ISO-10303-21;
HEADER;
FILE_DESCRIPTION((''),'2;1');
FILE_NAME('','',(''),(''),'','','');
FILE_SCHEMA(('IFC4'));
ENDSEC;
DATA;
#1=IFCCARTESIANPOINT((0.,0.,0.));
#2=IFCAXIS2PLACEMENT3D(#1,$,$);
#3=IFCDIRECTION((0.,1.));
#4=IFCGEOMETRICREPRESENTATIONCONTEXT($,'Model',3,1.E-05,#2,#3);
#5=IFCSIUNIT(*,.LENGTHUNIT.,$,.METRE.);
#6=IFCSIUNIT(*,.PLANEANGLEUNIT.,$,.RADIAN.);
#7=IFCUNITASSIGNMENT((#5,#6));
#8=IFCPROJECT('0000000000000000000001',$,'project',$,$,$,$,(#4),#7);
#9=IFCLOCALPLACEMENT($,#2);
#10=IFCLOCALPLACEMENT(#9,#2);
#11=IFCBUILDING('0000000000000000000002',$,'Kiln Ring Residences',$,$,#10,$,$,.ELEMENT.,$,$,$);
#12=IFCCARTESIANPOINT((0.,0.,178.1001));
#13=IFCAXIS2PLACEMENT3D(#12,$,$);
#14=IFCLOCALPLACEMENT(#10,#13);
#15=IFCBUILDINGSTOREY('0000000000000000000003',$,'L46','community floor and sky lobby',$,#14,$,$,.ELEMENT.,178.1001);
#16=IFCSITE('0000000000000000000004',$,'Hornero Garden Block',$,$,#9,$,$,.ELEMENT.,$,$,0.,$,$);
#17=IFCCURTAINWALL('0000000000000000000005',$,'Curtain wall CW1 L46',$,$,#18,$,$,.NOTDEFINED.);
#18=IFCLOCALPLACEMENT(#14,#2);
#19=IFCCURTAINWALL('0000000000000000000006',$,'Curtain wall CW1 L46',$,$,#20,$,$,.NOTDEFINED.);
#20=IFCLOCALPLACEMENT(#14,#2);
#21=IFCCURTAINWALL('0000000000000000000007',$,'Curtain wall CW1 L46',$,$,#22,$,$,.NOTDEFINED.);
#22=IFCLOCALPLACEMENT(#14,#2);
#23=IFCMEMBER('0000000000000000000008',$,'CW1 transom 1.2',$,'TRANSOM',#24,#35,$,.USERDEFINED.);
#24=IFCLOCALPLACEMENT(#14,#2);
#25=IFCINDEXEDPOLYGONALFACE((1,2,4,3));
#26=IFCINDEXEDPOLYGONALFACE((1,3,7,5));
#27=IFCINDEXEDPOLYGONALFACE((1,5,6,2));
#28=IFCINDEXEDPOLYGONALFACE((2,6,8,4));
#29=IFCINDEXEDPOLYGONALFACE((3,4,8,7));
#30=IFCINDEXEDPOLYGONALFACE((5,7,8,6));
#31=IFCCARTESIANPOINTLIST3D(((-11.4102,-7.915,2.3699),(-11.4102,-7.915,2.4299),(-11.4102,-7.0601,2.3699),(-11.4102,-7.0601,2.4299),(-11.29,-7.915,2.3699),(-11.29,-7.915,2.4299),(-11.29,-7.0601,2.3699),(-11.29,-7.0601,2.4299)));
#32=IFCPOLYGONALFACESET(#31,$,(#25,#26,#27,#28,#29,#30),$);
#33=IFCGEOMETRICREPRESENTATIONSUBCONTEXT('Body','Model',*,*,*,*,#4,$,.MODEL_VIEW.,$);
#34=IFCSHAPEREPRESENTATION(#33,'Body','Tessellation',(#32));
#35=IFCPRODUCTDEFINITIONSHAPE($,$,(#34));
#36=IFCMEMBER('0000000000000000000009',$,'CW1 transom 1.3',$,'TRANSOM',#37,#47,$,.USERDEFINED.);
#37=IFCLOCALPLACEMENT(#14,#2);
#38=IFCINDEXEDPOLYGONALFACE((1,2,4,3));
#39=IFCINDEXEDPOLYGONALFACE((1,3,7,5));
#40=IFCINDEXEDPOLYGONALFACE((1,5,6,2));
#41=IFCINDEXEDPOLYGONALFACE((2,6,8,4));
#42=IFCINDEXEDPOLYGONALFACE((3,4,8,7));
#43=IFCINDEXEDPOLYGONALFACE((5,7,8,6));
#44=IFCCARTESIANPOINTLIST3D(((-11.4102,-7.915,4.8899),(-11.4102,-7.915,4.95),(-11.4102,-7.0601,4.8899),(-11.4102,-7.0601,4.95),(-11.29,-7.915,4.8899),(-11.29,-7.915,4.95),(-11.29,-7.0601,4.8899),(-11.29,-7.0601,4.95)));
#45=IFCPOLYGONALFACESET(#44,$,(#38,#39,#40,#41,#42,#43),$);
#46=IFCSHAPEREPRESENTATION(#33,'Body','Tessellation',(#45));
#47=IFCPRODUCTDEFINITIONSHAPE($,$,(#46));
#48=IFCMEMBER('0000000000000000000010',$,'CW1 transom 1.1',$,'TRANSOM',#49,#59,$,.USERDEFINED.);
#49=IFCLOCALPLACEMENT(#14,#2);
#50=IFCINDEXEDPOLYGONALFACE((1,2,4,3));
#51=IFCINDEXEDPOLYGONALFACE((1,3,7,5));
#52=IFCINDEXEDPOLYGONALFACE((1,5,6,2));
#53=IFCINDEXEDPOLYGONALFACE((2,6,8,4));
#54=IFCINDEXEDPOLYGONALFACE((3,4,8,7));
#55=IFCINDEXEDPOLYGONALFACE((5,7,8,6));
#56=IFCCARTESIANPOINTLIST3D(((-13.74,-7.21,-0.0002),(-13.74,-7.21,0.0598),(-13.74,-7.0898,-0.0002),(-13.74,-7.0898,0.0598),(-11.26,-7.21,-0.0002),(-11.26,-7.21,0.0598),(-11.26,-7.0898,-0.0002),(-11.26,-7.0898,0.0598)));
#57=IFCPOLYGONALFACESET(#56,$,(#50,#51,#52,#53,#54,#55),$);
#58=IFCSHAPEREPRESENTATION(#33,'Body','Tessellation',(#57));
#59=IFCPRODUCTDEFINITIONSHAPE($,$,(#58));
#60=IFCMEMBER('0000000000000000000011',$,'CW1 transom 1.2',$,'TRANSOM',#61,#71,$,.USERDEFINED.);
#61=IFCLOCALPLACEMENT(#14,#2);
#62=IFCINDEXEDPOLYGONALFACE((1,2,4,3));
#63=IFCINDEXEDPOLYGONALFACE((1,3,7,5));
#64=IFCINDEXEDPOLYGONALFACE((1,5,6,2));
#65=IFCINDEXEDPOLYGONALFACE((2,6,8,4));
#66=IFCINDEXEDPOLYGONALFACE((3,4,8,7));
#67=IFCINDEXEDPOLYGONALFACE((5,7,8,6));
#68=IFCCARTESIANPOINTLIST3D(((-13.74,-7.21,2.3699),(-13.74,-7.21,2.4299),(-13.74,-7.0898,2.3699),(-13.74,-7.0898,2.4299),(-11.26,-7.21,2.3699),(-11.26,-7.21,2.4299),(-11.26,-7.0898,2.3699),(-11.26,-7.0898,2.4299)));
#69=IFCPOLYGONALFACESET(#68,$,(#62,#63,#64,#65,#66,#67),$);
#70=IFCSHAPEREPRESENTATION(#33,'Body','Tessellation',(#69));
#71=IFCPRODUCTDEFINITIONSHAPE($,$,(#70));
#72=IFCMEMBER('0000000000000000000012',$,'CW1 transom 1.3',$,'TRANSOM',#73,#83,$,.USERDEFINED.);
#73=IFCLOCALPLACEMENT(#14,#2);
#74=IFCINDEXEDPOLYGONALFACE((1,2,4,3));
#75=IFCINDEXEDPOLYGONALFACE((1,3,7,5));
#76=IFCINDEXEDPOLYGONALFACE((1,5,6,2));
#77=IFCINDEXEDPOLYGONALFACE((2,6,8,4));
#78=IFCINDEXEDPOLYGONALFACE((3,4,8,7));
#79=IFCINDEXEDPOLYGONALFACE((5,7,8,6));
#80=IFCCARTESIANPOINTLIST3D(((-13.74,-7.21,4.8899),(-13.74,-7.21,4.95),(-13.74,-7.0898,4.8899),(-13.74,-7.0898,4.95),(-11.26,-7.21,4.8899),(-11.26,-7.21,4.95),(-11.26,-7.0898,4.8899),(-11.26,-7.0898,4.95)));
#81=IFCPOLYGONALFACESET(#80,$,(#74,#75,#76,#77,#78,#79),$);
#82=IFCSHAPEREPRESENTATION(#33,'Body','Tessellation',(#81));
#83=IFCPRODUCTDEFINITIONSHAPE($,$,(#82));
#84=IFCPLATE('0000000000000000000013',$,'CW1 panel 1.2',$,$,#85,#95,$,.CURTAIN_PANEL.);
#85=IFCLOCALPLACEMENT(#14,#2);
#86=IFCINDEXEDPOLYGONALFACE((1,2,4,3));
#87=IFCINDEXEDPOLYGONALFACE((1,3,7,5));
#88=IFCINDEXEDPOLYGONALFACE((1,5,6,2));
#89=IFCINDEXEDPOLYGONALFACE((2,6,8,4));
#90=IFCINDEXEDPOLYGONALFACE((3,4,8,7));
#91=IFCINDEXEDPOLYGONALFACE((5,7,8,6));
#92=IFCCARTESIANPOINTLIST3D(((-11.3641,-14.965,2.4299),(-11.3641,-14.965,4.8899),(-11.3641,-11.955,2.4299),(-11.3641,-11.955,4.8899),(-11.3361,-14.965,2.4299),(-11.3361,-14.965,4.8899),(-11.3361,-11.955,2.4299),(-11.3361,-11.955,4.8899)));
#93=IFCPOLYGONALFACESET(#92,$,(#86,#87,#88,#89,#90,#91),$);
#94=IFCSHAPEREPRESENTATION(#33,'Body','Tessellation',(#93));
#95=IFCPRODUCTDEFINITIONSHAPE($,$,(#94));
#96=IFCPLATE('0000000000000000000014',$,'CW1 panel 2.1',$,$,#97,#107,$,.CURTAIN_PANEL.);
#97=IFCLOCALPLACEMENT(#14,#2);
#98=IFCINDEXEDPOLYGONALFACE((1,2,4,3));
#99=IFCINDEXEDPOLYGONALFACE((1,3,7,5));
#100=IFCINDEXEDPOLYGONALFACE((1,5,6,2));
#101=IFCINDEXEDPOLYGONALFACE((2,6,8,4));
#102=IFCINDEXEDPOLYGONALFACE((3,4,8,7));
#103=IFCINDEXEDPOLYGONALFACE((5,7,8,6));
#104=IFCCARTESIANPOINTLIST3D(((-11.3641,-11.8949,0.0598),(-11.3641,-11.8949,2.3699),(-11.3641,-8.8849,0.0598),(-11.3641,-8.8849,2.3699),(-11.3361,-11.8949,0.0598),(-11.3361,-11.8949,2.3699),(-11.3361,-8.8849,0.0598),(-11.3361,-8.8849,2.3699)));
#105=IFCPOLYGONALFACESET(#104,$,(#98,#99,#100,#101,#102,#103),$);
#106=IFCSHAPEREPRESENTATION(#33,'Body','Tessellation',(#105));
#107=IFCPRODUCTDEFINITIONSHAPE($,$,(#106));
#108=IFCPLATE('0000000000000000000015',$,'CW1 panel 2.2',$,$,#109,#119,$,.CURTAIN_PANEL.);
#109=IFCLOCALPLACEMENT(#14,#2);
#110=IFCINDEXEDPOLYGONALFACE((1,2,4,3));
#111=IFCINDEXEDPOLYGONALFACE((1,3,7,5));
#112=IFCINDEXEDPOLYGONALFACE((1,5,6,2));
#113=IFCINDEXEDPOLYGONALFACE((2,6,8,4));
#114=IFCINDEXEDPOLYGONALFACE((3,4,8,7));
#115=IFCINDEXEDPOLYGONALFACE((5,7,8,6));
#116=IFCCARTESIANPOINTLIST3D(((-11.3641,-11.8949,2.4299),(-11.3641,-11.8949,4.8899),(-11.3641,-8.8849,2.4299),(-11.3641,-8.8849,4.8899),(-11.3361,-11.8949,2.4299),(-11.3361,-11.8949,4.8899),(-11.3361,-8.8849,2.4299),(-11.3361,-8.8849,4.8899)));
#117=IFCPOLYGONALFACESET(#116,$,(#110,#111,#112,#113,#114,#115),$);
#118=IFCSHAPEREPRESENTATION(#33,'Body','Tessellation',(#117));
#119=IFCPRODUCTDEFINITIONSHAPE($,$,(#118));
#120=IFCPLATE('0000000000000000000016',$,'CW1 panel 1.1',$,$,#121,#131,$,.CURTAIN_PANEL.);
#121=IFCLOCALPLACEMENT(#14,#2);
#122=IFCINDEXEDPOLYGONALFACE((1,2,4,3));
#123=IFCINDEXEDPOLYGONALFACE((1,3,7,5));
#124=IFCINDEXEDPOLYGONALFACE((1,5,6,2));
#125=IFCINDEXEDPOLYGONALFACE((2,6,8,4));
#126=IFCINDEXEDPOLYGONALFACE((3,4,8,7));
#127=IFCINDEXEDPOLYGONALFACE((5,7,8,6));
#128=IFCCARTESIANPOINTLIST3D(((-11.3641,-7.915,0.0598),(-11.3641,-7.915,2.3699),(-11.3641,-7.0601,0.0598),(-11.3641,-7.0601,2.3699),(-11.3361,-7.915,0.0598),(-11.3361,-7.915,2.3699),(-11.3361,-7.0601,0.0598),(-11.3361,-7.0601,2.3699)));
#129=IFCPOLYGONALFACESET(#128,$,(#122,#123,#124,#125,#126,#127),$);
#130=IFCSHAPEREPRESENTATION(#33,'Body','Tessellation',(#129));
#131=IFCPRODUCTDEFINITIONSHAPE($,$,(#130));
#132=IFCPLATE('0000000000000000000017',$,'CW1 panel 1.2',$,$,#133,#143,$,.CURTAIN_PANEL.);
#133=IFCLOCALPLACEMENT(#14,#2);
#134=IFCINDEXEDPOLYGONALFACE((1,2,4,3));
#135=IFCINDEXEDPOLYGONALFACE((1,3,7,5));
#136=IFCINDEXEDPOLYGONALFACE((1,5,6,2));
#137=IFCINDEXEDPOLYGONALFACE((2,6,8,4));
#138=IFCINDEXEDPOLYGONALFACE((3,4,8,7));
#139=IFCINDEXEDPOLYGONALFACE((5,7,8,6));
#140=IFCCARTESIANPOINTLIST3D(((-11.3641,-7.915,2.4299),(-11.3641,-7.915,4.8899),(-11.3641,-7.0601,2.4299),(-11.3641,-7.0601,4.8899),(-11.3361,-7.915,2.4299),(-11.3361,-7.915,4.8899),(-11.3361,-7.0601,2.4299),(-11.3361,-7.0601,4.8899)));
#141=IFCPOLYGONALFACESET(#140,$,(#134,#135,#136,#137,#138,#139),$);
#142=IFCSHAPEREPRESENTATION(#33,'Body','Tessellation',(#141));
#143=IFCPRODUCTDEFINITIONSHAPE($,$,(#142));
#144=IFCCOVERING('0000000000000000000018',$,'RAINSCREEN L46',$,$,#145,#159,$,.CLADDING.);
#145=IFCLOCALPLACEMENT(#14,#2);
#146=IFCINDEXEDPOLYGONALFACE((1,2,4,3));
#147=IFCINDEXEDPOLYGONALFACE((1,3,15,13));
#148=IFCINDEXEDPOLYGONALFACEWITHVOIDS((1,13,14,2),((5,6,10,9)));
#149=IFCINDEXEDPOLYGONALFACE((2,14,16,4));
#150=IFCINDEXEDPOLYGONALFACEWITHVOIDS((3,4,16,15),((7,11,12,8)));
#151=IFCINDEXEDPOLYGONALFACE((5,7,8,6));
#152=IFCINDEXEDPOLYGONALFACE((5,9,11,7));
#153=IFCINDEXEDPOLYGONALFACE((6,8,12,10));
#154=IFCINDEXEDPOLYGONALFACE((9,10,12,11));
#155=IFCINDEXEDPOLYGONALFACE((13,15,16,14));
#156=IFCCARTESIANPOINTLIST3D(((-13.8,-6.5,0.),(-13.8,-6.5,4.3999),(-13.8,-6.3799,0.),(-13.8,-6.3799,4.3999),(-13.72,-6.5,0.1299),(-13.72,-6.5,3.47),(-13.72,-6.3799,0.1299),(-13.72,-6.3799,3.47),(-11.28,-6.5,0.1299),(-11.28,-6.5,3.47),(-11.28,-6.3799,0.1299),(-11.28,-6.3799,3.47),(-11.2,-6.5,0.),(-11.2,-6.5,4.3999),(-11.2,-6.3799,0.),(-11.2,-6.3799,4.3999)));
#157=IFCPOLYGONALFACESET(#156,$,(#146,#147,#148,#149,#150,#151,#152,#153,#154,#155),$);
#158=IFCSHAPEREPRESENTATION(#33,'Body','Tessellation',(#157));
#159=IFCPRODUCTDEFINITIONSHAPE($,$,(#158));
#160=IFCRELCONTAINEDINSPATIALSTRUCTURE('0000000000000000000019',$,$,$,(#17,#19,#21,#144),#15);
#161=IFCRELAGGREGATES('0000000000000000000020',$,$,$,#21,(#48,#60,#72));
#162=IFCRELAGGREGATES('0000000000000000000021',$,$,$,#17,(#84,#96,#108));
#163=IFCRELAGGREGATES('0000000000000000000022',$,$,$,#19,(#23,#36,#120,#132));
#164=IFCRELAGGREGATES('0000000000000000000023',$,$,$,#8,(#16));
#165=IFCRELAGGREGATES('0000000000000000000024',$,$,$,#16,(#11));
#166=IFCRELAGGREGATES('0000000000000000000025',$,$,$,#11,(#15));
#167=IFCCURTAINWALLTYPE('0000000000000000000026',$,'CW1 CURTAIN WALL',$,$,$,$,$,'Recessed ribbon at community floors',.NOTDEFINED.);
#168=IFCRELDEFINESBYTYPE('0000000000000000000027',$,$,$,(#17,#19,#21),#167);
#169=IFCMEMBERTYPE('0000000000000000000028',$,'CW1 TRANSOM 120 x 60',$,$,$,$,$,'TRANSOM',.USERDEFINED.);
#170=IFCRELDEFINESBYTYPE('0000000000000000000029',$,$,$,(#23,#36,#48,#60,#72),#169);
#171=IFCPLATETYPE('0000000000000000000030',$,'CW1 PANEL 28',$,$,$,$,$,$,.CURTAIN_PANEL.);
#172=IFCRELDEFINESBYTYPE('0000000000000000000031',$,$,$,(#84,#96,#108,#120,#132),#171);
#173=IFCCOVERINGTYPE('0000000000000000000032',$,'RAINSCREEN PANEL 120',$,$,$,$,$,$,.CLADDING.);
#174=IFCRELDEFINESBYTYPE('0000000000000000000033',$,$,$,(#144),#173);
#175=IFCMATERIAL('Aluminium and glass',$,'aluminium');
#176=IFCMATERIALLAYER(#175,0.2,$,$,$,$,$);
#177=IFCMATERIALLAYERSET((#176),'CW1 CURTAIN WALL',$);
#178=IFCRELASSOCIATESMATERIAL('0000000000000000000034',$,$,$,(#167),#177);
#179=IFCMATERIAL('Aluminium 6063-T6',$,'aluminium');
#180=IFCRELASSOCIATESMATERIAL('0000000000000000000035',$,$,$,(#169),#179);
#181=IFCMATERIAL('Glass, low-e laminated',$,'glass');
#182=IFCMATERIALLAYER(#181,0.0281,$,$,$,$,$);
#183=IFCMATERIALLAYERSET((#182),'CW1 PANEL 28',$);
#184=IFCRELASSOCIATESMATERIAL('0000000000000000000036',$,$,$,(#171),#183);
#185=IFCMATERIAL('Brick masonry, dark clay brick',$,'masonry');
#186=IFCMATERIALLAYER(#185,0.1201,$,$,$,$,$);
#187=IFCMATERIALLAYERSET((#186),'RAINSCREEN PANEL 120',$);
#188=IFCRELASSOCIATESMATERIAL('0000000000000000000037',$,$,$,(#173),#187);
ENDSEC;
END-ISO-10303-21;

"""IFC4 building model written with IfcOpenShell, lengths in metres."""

from ifc_helpers import new_model, si_unit, direction, frame, origin, origin_2d, place, context, subcontext, project, spatial, polyline, rectangle, outline, extrude, material, layer, layer_set, material_profile, profile_set, type_object, element, aggregate, save


model = new_model("IFC4")

# Units and contexts
model_context = context("Model", 3, precision=1e-05, world=origin(), true_north=direction((0.0, 1.0)))
body_context = subcontext(model_context, "Body", "Model", "MODEL_VIEW")
ifc_project = project(units=[si_unit("LENGTHUNIT", "METRE"), si_unit("PLANEANGLEUNIT", "RADIAN")], contexts=[model_context])

# Site, building, storey
site_placement = place(None, origin())
site = spatial("IfcSite", under=ifc_project, at=site_placement, Name="Hornero Garden Block", CompositionType="ELEMENT", RefElevation=0.0)
building_placement = place(site_placement, origin())
building = spatial("IfcBuilding", under=site, at=building_placement, Name="Kiln Ring Residences", CompositionType="ELEMENT")
storey_placement = place(building_placement, frame((0.0, 0.0, 178.1001)))
storey = spatial("IfcBuildingStorey", under=building, at=storey_placement, Name="L46", Description="community floor and sky lobby", CompositionType="ELEMENT", Elevation=178.1001)

# Curtain walls
ifc_material_1 = material(Name="Aluminium and glass", Category="aluminium")
ifc_layer_1 = layer(ifc_material_1, 0.2)
ifc_layer_set_1 = layer_set([ifc_layer_1], Name="CW1 CURTAIN WALL")
curtain_wall_type = type_object("IfcCurtainWallType", Name="CW1 CURTAIN WALL", ElementType="Recessed ribbon at community floors", PredefinedType="NOTDEFINED", material=ifc_layer_set_1)
placement = place(storey_placement, origin())
curtain_wall_1 = element("IfcCurtainWall", 1, at=placement, inside=storey, type_object=curtain_wall_type, Name="Curtain wall CW1 L46", PredefinedType="NOTDEFINED")
curtain_wall_2 = element("IfcCurtainWall", 2, at=placement, inside=storey, type_object=curtain_wall_type, Name="Curtain wall CW1 L46", PredefinedType="NOTDEFINED")

# Curtain wall
curtain_wall_3 = element("IfcCurtainWall", 3, at=placement, inside=storey, type_object=curtain_wall_type, Name="Curtain wall CW1 L46", PredefinedType="NOTDEFINED")

# Members
ifc_material_2 = material(Name="Aluminium 6063-T6", Category="aluminium")
ifc_material_profile_1 = material_profile(ifc_material_2, rectangle(XDim=0.1201, YDim=0.0601, at=origin_2d()), Name="AL 120x60")
ifc_profile_set_1 = profile_set([ifc_material_profile_1], Name="Aluminium 6063-T6")
member_type_1 = type_object("IfcMemberType", Name="CW1 TRANSOM 120 x 60", ElementType="TRANSOM", PredefinedType="USERDEFINED", material=ifc_profile_set_1)
member_1_placement = place(storey_placement, frame((-11.3501, -7.915, 2.3999), z_axis=(0.0, 1.0, 0.0), x_axis=(-1.0, 0.0, 0.0)))
member_1 = element("IfcMember", 4, at=member_1_placement, type_object=member_type_1, Name="CW1 transom 1.2", ObjectType="TRANSOM", PredefinedType="USERDEFINED", context=body_context, shape_type="SweptSolid", body=[
    extrude(rectangle(XDim=0.1201, YDim=0.0601, at=origin_2d()), origin(), (0.0, 0.0, 1.0), 0.855),
])
member_2_placement = place(storey_placement, frame((-11.3501, -7.915, 4.9199), z_axis=(0.0, 1.0, 0.0), x_axis=(-1.0, 0.0, 0.0)))
member_2 = element("IfcMember", 5, at=member_2_placement, type_object=member_type_1, Name="CW1 transom 1.3", ObjectType="TRANSOM", PredefinedType="USERDEFINED", context=body_context, shape_type="SweptSolid", body=[
    extrude(rectangle(XDim=0.1201, YDim=0.0601, at=origin_2d()), origin(), (0.0, 0.0, 1.0), 0.855),
])
member_3_placement = place(storey_placement, frame((-11.26, -7.1499, 0.0298), z_axis=(-1.0, 0.0, 0.0), x_axis=(0.0, -1.0, 0.0)))
member_3 = element("IfcMember", 6, at=member_3_placement, type_object=member_type_1, Name="CW1 transom 1.1", ObjectType="TRANSOM", PredefinedType="USERDEFINED", context=body_context, shape_type="SweptSolid", body=[
    extrude(rectangle(XDim=0.1201, YDim=0.0601, at=origin_2d()), origin(), (0.0, 0.0, 1.0), 2.48),
])
member_4_placement = place(storey_placement, frame((-11.26, -7.1499, 2.3999), z_axis=(-1.0, 0.0, 0.0), x_axis=(0.0, -1.0, 0.0)))
member_4 = element("IfcMember", 7, at=member_4_placement, type_object=member_type_1, Name="CW1 transom 1.2", ObjectType="TRANSOM", PredefinedType="USERDEFINED", context=body_context, shape_type="SweptSolid", body=[
    extrude(rectangle(XDim=0.1201, YDim=0.0601, at=origin_2d()), origin(), (0.0, 0.0, 1.0), 2.48),
])
member_5_placement = place(storey_placement, frame((-11.26, -7.1499, 4.9199), z_axis=(-1.0, 0.0, 0.0), x_axis=(0.0, -1.0, 0.0)))
member_5 = element("IfcMember", 8, at=member_5_placement, type_object=member_type_1, Name="CW1 transom 1.3", ObjectType="TRANSOM", PredefinedType="USERDEFINED", context=body_context, shape_type="SweptSolid", body=[
    extrude(rectangle(XDim=0.1201, YDim=0.0601, at=origin_2d()), origin(), (0.0, 0.0, 1.0), 2.48),
])
aggregate(curtain_wall_3, [member_3, member_4, member_5])

# Plates
ifc_material_3 = material(Name="Glass, low-e laminated", Category="glass")
ifc_layer_2 = layer(ifc_material_3, 0.0281)
ifc_layer_set_2 = layer_set([ifc_layer_2], Name="CW1 PANEL 28")
plate_type = type_object("IfcPlateType", Name="CW1 PANEL 28", PredefinedType="CURTAIN_PANEL", material=ifc_layer_set_2)
plate_1_placement = place(storey_placement, frame((-11.3501, -13.46, 2.4299), z_axis=(0.0, 0.0, 1.0), x_axis=(0.0, 1.0, 0.0)))
plate_1 = element("IfcPlate", 9, at=plate_1_placement, type_object=plate_type, Name="CW1 panel 1.2", PredefinedType="CURTAIN_PANEL", context=body_context, shape_type="SweptSolid", body=[
    extrude(rectangle(XDim=3.01, YDim=0.0281, at=origin_2d()), origin(), (0.0, 0.0, 1.0), 2.46),
])
plate_2_placement = place(storey_placement, frame((-11.3501, -10.3899, 0.0598), z_axis=(0.0, 0.0, 1.0), x_axis=(0.0, 1.0, 0.0)))
plate_2 = element("IfcPlate", 10, at=plate_2_placement, type_object=plate_type, Name="CW1 panel 2.1", PredefinedType="CURTAIN_PANEL", context=body_context, shape_type="SweptSolid", body=[
    extrude(rectangle(XDim=3.01, YDim=0.0281, at=origin_2d()), origin(), (0.0, 0.0, 1.0), 2.3101),
])
plate_3_placement = place(storey_placement, frame((-11.3501, -10.3899, 2.4299), z_axis=(0.0, 0.0, 1.0), x_axis=(0.0, 1.0, 0.0)))
plate_3 = element("IfcPlate", 11, at=plate_3_placement, type_object=plate_type, Name="CW1 panel 2.2", PredefinedType="CURTAIN_PANEL", context=body_context, shape_type="SweptSolid", body=[
    extrude(rectangle(XDim=3.01, YDim=0.0281, at=origin_2d()), origin(), (0.0, 0.0, 1.0), 2.46),
])
aggregate(curtain_wall_1, [plate_1, plate_2, plate_3])
plate_4_placement = place(storey_placement, frame((-11.3501, -7.4875, 0.0598), z_axis=(0.0, 0.0, 1.0), x_axis=(0.0, 1.0, 0.0)))
plate_4 = element("IfcPlate", 12, at=plate_4_placement, type_object=plate_type, Name="CW1 panel 1.1", PredefinedType="CURTAIN_PANEL", context=body_context, shape_type="SweptSolid", body=[
    extrude(rectangle(XDim=0.855, YDim=0.0281, at=origin_2d()), origin(), (0.0, 0.0, 1.0), 2.3101),
])
plate_5_placement = place(storey_placement, frame((-11.3501, -7.4875, 2.4299), z_axis=(0.0, 0.0, 1.0), x_axis=(0.0, 1.0, 0.0)))
plate_5 = element("IfcPlate", 13, at=plate_5_placement, type_object=plate_type, Name="CW1 panel 1.2", PredefinedType="CURTAIN_PANEL", context=body_context, shape_type="SweptSolid", body=[
    extrude(rectangle(XDim=0.855, YDim=0.0281, at=origin_2d()), origin(), (0.0, 0.0, 1.0), 2.46),
])
aggregate(curtain_wall_2, [member_1, member_2, plate_4, plate_5])

# Covering
ifc_material_4 = material(Name="Brick masonry, dark clay brick", Category="masonry")
ifc_layer_3 = layer(ifc_material_4, 0.1201)
ifc_layer_set_3 = layer_set([ifc_layer_3], Name="RAINSCREEN PANEL 120")
covering_type = type_object("IfcCoveringType", Name="RAINSCREEN PANEL 120", PredefinedType="CLADDING", material=ifc_layer_set_3)
covering_placement = place(storey_placement, frame((-11.2, -6.4399, 0.0), z_axis=(0.0, 0.0, 1.0), x_axis=(-1.0, 0.0, 0.0)))
element("IfcCovering", 14, at=covering_placement, inside=storey, type_object=covering_type, Name="RAINSCREEN L46", PredefinedType="CLADDING", context=body_context, shape_type="SweptSolid", body=[
    extrude(outline(polyline([(0.0, 0.0), (2.6001, 0.0), (2.6001, 4.3999), (0.0, 4.3999), (0.0, 0.0)]), holes=[polyline([(0.0801, 3.47), (0.0801, 0.1299), (2.52, 0.1299), (2.52, 3.47), (0.0801, 3.47)])]), frame((0.0, 0.0601, 0.0), z_axis=(0.0, -1.0, 0.0), x_axis=(1.0, 0.0, 0.0)), (0.0, 0.0, 1.0), 0.1201),
])

save(model, "model.ifc")
